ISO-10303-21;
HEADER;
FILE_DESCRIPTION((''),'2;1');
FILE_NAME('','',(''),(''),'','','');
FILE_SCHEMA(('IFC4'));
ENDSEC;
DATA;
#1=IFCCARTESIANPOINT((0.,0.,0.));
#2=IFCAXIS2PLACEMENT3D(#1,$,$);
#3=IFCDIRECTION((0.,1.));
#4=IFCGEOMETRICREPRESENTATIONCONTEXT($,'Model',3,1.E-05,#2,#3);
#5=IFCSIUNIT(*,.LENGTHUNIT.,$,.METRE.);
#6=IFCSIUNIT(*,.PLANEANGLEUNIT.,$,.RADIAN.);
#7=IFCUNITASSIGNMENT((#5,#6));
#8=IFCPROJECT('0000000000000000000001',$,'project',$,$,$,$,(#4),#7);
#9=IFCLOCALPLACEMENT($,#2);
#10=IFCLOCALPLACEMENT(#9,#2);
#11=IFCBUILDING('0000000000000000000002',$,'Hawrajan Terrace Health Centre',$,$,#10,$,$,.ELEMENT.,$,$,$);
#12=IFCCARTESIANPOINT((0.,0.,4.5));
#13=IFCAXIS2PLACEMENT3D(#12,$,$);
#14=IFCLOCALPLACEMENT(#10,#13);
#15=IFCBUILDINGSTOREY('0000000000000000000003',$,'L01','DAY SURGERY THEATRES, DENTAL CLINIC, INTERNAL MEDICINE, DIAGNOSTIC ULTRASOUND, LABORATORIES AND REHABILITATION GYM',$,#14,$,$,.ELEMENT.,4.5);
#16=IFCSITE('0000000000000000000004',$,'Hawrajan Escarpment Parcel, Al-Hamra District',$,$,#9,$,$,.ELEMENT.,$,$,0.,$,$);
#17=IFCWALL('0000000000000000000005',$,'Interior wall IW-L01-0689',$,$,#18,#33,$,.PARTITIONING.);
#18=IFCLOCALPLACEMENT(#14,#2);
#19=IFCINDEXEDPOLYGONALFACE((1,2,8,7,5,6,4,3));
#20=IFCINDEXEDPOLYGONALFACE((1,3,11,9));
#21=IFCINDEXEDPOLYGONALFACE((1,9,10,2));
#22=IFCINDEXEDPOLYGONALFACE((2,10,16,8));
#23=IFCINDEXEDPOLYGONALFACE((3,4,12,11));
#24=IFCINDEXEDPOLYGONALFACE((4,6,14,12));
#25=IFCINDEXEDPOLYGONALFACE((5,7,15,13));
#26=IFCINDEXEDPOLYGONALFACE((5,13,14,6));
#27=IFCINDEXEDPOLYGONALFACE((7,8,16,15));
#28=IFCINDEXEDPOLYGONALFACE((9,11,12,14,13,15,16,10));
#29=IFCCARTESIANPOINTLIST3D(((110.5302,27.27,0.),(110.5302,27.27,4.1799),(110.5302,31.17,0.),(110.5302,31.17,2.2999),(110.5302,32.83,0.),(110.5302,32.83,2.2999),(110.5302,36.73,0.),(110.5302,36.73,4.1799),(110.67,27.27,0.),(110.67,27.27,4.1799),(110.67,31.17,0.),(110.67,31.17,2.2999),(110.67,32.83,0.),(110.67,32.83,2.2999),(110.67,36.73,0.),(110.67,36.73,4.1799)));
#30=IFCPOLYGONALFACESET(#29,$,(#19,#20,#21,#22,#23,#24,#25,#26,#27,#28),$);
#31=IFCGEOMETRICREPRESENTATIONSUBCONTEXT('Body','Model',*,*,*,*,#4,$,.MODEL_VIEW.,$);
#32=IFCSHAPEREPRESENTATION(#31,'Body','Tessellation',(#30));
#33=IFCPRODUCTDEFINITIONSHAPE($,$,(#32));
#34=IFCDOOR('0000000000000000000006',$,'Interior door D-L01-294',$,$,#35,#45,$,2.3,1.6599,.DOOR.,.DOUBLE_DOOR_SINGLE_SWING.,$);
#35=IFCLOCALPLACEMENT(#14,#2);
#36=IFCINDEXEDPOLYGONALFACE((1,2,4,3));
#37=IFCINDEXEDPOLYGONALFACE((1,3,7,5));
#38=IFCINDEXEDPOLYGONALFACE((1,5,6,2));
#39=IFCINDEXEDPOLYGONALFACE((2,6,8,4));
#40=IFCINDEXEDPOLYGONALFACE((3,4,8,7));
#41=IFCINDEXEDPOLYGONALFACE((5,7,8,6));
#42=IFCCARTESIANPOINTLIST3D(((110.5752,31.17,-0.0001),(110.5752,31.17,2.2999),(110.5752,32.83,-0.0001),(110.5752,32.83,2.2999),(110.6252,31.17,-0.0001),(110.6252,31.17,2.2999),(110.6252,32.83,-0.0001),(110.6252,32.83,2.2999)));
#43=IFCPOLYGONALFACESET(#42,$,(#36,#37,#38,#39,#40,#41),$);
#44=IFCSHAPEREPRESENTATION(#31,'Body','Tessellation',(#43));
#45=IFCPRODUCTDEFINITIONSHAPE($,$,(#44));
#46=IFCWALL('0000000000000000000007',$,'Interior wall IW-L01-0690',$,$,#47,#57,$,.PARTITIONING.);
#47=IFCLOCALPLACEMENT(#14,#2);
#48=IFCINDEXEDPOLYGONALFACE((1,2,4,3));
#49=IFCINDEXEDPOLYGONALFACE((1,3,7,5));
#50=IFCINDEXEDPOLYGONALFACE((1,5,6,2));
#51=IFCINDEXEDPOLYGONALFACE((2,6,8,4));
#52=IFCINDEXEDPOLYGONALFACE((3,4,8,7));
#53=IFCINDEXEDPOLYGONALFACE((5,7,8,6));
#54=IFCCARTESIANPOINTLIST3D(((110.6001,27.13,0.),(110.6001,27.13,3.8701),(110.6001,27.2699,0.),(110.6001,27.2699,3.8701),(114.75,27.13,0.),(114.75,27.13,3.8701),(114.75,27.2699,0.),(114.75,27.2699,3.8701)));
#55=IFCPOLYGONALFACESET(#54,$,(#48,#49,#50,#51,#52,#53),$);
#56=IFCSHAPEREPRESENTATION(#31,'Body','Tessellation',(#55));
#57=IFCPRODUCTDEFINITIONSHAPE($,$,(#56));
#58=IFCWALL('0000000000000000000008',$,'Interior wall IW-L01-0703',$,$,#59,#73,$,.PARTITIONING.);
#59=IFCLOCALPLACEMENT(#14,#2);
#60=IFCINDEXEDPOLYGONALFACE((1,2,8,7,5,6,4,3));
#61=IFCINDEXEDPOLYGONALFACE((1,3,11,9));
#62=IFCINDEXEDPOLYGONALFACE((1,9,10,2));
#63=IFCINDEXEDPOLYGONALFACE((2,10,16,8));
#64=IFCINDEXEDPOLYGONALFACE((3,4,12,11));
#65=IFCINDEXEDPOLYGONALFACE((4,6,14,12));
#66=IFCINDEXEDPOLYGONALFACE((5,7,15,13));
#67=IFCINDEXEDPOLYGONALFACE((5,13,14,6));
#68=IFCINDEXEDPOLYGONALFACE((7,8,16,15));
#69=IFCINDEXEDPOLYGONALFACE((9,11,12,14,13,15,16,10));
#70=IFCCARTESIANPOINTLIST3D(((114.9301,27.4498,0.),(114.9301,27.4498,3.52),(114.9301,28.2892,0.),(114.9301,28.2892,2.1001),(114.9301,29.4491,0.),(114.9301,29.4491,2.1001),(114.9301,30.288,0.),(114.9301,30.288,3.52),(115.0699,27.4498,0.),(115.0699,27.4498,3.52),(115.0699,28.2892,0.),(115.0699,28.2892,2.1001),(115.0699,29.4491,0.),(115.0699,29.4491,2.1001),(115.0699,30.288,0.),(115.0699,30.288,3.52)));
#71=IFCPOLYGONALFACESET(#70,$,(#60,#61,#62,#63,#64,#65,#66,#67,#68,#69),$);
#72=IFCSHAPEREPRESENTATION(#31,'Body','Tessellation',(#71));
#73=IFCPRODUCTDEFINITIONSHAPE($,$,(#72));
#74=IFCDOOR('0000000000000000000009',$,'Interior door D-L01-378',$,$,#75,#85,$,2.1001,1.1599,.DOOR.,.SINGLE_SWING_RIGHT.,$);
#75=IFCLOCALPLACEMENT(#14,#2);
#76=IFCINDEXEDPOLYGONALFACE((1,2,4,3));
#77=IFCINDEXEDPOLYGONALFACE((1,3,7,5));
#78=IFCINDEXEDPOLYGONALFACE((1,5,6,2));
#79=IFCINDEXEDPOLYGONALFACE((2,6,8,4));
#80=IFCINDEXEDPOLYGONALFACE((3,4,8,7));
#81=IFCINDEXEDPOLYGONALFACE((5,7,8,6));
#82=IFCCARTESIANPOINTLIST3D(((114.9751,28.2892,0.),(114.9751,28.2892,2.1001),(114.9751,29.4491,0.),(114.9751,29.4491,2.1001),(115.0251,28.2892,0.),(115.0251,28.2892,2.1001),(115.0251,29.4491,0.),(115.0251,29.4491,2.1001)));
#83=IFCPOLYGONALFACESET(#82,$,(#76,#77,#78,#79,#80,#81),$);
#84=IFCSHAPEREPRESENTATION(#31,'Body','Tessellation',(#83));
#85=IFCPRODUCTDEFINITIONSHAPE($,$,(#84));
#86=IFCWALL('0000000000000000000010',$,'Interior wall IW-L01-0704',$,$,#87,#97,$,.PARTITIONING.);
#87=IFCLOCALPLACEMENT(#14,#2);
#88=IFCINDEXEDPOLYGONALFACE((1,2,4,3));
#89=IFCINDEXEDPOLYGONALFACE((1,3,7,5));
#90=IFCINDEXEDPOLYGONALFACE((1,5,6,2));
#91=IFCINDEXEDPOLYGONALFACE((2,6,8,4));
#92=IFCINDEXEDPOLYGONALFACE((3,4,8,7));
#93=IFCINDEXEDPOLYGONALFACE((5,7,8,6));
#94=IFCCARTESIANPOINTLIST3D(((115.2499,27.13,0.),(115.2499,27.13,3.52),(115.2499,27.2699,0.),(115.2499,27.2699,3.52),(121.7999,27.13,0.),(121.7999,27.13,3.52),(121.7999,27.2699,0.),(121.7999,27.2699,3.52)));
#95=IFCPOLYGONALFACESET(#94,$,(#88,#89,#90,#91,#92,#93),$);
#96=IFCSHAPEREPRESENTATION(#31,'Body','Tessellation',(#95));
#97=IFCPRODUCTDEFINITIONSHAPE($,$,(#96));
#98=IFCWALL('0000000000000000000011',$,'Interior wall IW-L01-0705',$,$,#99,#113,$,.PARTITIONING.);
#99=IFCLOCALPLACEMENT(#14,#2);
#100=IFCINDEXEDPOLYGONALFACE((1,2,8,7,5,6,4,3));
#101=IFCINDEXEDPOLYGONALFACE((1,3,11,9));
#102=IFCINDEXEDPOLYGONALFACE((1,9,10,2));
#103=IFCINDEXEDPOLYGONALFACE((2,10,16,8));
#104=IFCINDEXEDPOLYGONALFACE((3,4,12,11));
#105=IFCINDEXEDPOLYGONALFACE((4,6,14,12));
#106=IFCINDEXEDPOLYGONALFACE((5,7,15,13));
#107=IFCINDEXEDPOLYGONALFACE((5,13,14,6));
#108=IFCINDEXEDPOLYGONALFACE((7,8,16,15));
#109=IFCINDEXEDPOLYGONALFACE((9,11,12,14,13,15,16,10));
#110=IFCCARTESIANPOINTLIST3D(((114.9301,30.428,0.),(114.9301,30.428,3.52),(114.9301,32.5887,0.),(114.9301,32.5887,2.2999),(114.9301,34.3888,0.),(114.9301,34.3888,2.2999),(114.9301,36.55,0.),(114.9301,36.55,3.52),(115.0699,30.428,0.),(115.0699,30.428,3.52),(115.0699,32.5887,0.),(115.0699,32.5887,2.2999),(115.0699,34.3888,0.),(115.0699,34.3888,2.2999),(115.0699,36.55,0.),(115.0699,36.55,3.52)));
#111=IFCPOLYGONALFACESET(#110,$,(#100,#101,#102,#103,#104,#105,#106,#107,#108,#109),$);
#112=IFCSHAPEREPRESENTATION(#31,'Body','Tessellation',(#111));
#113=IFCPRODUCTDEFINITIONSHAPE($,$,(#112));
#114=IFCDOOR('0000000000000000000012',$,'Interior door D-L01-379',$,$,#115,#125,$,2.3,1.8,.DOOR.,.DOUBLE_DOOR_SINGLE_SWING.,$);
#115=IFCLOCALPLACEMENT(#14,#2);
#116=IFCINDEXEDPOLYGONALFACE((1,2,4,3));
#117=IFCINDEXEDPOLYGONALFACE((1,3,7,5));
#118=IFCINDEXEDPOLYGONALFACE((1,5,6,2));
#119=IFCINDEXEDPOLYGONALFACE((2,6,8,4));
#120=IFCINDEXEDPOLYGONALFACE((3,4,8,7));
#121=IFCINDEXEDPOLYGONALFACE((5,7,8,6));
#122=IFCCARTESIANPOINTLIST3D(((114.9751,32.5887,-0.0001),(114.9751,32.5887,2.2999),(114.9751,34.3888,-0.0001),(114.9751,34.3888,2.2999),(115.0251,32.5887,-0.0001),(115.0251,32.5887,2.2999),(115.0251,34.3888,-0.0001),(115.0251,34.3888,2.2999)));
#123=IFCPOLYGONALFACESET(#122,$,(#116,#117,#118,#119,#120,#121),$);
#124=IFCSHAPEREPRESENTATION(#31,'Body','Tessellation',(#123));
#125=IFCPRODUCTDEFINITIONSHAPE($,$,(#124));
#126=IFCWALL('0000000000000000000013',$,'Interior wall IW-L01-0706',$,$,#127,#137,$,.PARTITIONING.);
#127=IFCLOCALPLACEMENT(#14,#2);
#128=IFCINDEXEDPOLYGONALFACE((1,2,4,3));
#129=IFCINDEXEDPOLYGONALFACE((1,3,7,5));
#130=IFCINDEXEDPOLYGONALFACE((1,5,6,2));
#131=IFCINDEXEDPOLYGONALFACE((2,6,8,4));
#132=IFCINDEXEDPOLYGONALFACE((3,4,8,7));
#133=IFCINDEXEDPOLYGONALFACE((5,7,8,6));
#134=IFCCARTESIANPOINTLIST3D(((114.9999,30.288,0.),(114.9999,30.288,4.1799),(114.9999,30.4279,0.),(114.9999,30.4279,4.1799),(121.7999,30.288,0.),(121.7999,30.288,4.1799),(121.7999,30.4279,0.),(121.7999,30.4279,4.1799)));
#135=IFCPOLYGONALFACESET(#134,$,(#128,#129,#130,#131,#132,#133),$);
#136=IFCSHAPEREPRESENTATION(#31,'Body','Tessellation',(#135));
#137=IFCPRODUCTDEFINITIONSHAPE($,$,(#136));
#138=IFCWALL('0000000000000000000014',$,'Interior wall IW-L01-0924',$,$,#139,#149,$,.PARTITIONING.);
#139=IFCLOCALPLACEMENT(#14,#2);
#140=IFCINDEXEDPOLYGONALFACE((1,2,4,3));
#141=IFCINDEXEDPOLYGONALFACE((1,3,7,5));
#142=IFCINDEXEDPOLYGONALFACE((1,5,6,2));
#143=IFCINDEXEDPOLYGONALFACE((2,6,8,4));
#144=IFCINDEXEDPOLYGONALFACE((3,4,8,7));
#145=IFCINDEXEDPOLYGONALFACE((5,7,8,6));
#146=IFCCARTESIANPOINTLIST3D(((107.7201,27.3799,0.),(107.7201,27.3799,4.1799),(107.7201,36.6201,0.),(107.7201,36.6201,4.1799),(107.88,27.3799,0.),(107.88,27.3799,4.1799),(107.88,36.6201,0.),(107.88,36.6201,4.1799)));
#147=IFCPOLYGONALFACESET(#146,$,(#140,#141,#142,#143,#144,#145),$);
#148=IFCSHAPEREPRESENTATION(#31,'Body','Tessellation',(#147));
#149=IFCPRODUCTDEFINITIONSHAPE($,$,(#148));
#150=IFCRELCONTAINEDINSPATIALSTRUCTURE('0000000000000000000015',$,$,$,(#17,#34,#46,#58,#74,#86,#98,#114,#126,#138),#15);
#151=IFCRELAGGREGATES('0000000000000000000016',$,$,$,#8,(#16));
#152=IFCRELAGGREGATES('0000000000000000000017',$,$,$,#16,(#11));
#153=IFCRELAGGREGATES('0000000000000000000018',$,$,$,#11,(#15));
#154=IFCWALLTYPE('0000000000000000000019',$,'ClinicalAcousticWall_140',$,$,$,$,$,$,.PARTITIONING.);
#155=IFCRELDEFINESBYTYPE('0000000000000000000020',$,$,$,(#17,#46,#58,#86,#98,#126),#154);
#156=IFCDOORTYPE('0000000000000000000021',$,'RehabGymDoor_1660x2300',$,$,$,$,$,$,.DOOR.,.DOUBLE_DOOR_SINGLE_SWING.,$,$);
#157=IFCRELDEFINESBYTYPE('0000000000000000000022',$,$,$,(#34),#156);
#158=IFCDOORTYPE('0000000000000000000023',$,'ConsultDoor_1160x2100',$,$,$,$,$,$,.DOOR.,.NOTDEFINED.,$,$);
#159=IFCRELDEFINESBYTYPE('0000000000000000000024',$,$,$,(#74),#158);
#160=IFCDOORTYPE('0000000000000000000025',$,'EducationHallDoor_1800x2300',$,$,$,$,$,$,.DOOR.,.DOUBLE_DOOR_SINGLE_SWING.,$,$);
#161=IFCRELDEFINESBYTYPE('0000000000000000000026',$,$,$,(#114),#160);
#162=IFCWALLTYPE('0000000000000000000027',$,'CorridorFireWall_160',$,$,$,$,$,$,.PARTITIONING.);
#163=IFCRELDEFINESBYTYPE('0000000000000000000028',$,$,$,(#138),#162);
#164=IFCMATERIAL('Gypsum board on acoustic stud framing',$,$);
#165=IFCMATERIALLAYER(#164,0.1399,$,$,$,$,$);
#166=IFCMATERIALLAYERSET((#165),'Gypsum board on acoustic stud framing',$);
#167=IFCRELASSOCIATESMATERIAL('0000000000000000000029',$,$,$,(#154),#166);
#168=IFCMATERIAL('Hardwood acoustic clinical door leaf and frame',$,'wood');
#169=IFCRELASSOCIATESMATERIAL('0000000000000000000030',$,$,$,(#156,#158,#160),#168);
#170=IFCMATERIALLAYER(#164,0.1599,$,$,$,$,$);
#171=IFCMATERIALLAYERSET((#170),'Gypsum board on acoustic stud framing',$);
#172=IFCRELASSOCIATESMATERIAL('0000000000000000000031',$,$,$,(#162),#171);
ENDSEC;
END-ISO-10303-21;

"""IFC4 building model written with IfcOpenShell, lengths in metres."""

from ifc_helpers import new_model, si_unit, direction, frame, frame_2d, origin, place, context, subcontext, project, spatial, rectangle, extrude, material, layer, layer_set, type_object, element, fill, save


model = new_model("IFC4")

# Units and contexts
model_context = context("Model", 3, precision=1e-05, world=origin(), true_north=direction((0.0, 1.0)))
body_context = subcontext(model_context, "Body", "Model", "MODEL_VIEW")
ifc_project = project(units=[si_unit("LENGTHUNIT", "METRE"), si_unit("PLANEANGLEUNIT", "RADIAN")], contexts=[model_context])

# Site, building, storey
site_placement = place(None, origin())
site = spatial("IfcSite", under=ifc_project, at=site_placement, Name="Hawrajan Escarpment Parcel, Al-Hamra District", CompositionType="ELEMENT", RefElevation=0.0)
building_placement = place(site_placement, origin())
building = spatial("IfcBuilding", under=site, at=building_placement, Name="Hawrajan Terrace Health Centre", CompositionType="ELEMENT")
storey_placement = place(building_placement, frame((0.0, 0.0, 4.5)))
storey = spatial("IfcBuildingStorey", under=building, at=storey_placement, Name="L01", Description="DAY SURGERY THEATRES, DENTAL CLINIC, INTERNAL MEDICINE, DIAGNOSTIC ULTRASOUND, LABORATORIES AND REHABILITATION GYM", CompositionType="ELEMENT", Elevation=4.5)

# Wall, opening, door
ifc_material_1 = material(Name="Gypsum board on acoustic stud framing")
ifc_layer_1 = layer(ifc_material_1, 0.1399)
ifc_layer_set_1 = layer_set([ifc_layer_1], Name="Gypsum board on acoustic stud framing")
wall_type_1 = type_object("IfcWallType", Name="ClinicalAcousticWall_140", PredefinedType="PARTITIONING", material=ifc_layer_set_1)
wall_1_placement = place(storey_placement, frame((110.6001, 27.27, 0.0), z_axis=(0.0, 0.0, 1.0), x_axis=(0.0, 1.0, 0.0)))
wall_1 = element("IfcWall", 1, at=wall_1_placement, inside=storey, type_object=wall_type_1, Name="Interior wall IW-L01-0689", PredefinedType="PARTITIONING", context=body_context, shape_type="SweptSolid", body=[
    extrude(rectangle(XDim=9.46, YDim=0.1399, at=frame_2d((4.73, 0.0))), origin(), (0.0, 0.0, 1.0), 4.1799),
])
opening_1_placement = place(wall_1_placement, frame((3.8999, 0.0, 0.0)))
opening_1 = element("IfcOpeningElement", 2, at=opening_1_placement, cuts=wall_1, PredefinedType="OPENING", context=body_context, shape_type="SweptSolid", body=[
    extrude(rectangle(XDim=1.6599, YDim=2.3, at=frame_2d((0.8301, 1.1499))), frame((0.0, 0.0798, 0.0), z_axis=(0.0, -1.0, 0.0), x_axis=(1.0, 0.0, 0.0)), (0.0, 0.0, 1.0), 0.1599),
])
ifc_material_2 = material(Name="Hardwood acoustic clinical door leaf and frame", Category="wood")
door_type_1 = type_object("IfcDoorType", Name="RehabGymDoor_1660x2300", OperationType="DOUBLE_DOOR_SINGLE_SWING", PredefinedType="DOOR", material=ifc_material_2)
door_1_placement = place(opening_1_placement, origin())
door_1 = element("IfcDoor", 3, at=door_1_placement, inside=storey, type_object=door_type_1, Name="Interior door D-L01-294", OperationType="DOUBLE_DOOR_SINGLE_SWING", OverallHeight=2.3, OverallWidth=1.6599, PredefinedType="DOOR", context=body_context, shape_type="SweptSolid", body=[
    extrude(rectangle(XDim=1.6599, YDim=2.3, at=frame_2d((0.8301, 1.1499))), frame((0.0, 0.0249, 0.0), z_axis=(0.0, -1.0, 0.0), x_axis=(1.0, 0.0, 0.0)), (0.0, 0.0, 1.0), 0.05),
])
fill(opening_1, door_1)

# Wall
wall_2_placement = place(storey_placement, frame((110.6001, 27.2, 0.0), z_axis=(0.0, 0.0, 1.0), x_axis=(1.0, 0.0, 0.0)))
element("IfcWall", 4, at=wall_2_placement, inside=storey, type_object=wall_type_1, Name="Interior wall IW-L01-0690", PredefinedType="PARTITIONING", context=body_context, shape_type="SweptSolid", body=[
    extrude(rectangle(XDim=4.1499, YDim=0.1399, at=frame_2d((2.075, 0.0))), origin(), (0.0, 0.0, 1.0), 3.8701),
])

# Wall, opening, door
wall_3_placement = place(storey_placement, frame((115.0, 27.45, 0.0), z_axis=(0.0, 0.0, 1.0), x_axis=(0.0, 1.0, 0.0)))
wall_3 = element("IfcWall", 5, at=wall_3_placement, inside=storey, type_object=wall_type_1, Name="Interior wall IW-L01-0703", PredefinedType="PARTITIONING", context=body_context, shape_type="SweptSolid", body=[
    extrude(rectangle(XDim=2.8381, YDim=0.1399, at=frame_2d((1.4189, 0.0))), origin(), (0.0, 0.0, 1.0), 3.52),
])
opening_2_placement = place(wall_3_placement, frame((0.8391, 0.0, 0.0)))
opening_2 = element("IfcOpeningElement", 6, at=opening_2_placement, cuts=wall_3, PredefinedType="OPENING", context=body_context, shape_type="SweptSolid", body=[
    extrude(rectangle(XDim=1.1599, YDim=2.1001, at=frame_2d((0.5801, 1.05))), frame((0.0, 0.0798, 0.0), z_axis=(0.0, -1.0, 0.0), x_axis=(1.0, 0.0, 0.0)), (0.0, 0.0, 1.0), 0.1599),
])
door_type_2 = type_object("IfcDoorType", Name="ConsultDoor_1160x2100", OperationType="NOTDEFINED", PredefinedType="DOOR", material=ifc_material_2)
door_2_placement = place(opening_2_placement, origin())
door_2 = element("IfcDoor", 7, at=door_2_placement, inside=storey, type_object=door_type_2, Name="Interior door D-L01-378", OperationType="SINGLE_SWING_RIGHT", OverallHeight=2.1001, OverallWidth=1.1599, PredefinedType="DOOR", context=body_context, shape_type="SweptSolid", body=[
    extrude(rectangle(XDim=1.1599, YDim=2.1001, at=frame_2d((0.5801, 1.05))), frame((0.0, 0.0249, 0.0), z_axis=(0.0, -1.0, 0.0), x_axis=(1.0, 0.0, 0.0)), (0.0, 0.0, 1.0), 0.05),
])
fill(opening_2, door_2)

# Wall
wall_4_placement = place(storey_placement, frame((115.25, 27.2, 0.0), z_axis=(0.0, 0.0, 1.0), x_axis=(1.0, 0.0, 0.0)))
element("IfcWall", 8, at=wall_4_placement, inside=storey, type_object=wall_type_1, Name="Interior wall IW-L01-0704", PredefinedType="PARTITIONING", context=body_context, shape_type="SweptSolid", body=[
    extrude(rectangle(XDim=6.55, YDim=0.1399, at=frame_2d((3.2749, 0.0))), origin(), (0.0, 0.0, 1.0), 3.52),
])

# Wall, opening, door
wall_5_placement = place(storey_placement, frame((115.0, 30.428, 0.0), z_axis=(0.0, 0.0, 1.0), x_axis=(0.0, 1.0, 0.0)))
wall_5 = element("IfcWall", 9, at=wall_5_placement, inside=storey, type_object=wall_type_1, Name="Interior wall IW-L01-0705", PredefinedType="PARTITIONING", context=body_context, shape_type="SweptSolid", body=[
    extrude(rectangle(XDim=6.1221, YDim=0.1399, at=frame_2d((3.061, 0.0))), origin(), (0.0, 0.0, 1.0), 3.52),
])
opening_3_placement = place(wall_5_placement, frame((2.1609, 0.0, 0.0)))
opening_3 = element("IfcOpeningElement", 10, at=opening_3_placement, cuts=wall_5, PredefinedType="OPENING", context=body_context, shape_type="SweptSolid", body=[
    extrude(rectangle(XDim=1.8, YDim=2.3, at=frame_2d((0.8999, 1.1499))), frame((0.0, 0.0798, 0.0), z_axis=(0.0, -1.0, 0.0), x_axis=(1.0, 0.0, 0.0)), (0.0, 0.0, 1.0), 0.1599),
])
door_type_3 = type_object("IfcDoorType", Name="EducationHallDoor_1800x2300", OperationType="DOUBLE_DOOR_SINGLE_SWING", PredefinedType="DOOR", material=ifc_material_2)
door_3_placement = place(opening_3_placement, origin())
door_3 = element("IfcDoor", 11, at=door_3_placement, inside=storey, type_object=door_type_3, Name="Interior door D-L01-379", OperationType="DOUBLE_DOOR_SINGLE_SWING", OverallHeight=2.3, OverallWidth=1.8, PredefinedType="DOOR", context=body_context, shape_type="SweptSolid", body=[
    extrude(rectangle(XDim=1.8, YDim=2.3, at=frame_2d((0.8999, 1.1499))), frame((0.0, 0.0249, 0.0), z_axis=(0.0, -1.0, 0.0), x_axis=(1.0, 0.0, 0.0)), (0.0, 0.0, 1.0), 0.05),
])
fill(opening_3, door_3)

# Walls
wall_6_placement = place(storey_placement, frame((115.0, 30.3579, 0.0), z_axis=(0.0, 0.0, 1.0), x_axis=(1.0, 0.0, 0.0)))
element("IfcWall", 12, at=wall_6_placement, inside=storey, type_object=wall_type_1, Name="Interior wall IW-L01-0706", PredefinedType="PARTITIONING", context=body_context, shape_type="SweptSolid", body=[
    extrude(rectangle(XDim=6.8, YDim=0.1399, at=frame_2d((3.3999, 0.0))), origin(), (0.0, 0.0, 1.0), 4.1799),
])
ifc_layer_2 = layer(ifc_material_1, 0.1599)
ifc_layer_set_2 = layer_set([ifc_layer_2], Name="Gypsum board on acoustic stud framing")
wall_type_2 = type_object("IfcWallType", Name="CorridorFireWall_160", PredefinedType="PARTITIONING", material=ifc_layer_set_2)
wall_7_placement = place(storey_placement, frame((107.8, 27.3799, 0.0), z_axis=(0.0, 0.0, 1.0), x_axis=(0.0, 1.0, 0.0)))
element("IfcWall", 13, at=wall_7_placement, inside=storey, type_object=wall_type_2, Name="Interior wall IW-L01-0924", PredefinedType="PARTITIONING", context=body_context, shape_type="SweptSolid", body=[
    extrude(rectangle(XDim=9.2402, YDim=0.1599, at=frame_2d((4.6201, 0.0))), origin(), (0.0, 0.0, 1.0), 4.1799),
])

save(model, "model.ifc")
